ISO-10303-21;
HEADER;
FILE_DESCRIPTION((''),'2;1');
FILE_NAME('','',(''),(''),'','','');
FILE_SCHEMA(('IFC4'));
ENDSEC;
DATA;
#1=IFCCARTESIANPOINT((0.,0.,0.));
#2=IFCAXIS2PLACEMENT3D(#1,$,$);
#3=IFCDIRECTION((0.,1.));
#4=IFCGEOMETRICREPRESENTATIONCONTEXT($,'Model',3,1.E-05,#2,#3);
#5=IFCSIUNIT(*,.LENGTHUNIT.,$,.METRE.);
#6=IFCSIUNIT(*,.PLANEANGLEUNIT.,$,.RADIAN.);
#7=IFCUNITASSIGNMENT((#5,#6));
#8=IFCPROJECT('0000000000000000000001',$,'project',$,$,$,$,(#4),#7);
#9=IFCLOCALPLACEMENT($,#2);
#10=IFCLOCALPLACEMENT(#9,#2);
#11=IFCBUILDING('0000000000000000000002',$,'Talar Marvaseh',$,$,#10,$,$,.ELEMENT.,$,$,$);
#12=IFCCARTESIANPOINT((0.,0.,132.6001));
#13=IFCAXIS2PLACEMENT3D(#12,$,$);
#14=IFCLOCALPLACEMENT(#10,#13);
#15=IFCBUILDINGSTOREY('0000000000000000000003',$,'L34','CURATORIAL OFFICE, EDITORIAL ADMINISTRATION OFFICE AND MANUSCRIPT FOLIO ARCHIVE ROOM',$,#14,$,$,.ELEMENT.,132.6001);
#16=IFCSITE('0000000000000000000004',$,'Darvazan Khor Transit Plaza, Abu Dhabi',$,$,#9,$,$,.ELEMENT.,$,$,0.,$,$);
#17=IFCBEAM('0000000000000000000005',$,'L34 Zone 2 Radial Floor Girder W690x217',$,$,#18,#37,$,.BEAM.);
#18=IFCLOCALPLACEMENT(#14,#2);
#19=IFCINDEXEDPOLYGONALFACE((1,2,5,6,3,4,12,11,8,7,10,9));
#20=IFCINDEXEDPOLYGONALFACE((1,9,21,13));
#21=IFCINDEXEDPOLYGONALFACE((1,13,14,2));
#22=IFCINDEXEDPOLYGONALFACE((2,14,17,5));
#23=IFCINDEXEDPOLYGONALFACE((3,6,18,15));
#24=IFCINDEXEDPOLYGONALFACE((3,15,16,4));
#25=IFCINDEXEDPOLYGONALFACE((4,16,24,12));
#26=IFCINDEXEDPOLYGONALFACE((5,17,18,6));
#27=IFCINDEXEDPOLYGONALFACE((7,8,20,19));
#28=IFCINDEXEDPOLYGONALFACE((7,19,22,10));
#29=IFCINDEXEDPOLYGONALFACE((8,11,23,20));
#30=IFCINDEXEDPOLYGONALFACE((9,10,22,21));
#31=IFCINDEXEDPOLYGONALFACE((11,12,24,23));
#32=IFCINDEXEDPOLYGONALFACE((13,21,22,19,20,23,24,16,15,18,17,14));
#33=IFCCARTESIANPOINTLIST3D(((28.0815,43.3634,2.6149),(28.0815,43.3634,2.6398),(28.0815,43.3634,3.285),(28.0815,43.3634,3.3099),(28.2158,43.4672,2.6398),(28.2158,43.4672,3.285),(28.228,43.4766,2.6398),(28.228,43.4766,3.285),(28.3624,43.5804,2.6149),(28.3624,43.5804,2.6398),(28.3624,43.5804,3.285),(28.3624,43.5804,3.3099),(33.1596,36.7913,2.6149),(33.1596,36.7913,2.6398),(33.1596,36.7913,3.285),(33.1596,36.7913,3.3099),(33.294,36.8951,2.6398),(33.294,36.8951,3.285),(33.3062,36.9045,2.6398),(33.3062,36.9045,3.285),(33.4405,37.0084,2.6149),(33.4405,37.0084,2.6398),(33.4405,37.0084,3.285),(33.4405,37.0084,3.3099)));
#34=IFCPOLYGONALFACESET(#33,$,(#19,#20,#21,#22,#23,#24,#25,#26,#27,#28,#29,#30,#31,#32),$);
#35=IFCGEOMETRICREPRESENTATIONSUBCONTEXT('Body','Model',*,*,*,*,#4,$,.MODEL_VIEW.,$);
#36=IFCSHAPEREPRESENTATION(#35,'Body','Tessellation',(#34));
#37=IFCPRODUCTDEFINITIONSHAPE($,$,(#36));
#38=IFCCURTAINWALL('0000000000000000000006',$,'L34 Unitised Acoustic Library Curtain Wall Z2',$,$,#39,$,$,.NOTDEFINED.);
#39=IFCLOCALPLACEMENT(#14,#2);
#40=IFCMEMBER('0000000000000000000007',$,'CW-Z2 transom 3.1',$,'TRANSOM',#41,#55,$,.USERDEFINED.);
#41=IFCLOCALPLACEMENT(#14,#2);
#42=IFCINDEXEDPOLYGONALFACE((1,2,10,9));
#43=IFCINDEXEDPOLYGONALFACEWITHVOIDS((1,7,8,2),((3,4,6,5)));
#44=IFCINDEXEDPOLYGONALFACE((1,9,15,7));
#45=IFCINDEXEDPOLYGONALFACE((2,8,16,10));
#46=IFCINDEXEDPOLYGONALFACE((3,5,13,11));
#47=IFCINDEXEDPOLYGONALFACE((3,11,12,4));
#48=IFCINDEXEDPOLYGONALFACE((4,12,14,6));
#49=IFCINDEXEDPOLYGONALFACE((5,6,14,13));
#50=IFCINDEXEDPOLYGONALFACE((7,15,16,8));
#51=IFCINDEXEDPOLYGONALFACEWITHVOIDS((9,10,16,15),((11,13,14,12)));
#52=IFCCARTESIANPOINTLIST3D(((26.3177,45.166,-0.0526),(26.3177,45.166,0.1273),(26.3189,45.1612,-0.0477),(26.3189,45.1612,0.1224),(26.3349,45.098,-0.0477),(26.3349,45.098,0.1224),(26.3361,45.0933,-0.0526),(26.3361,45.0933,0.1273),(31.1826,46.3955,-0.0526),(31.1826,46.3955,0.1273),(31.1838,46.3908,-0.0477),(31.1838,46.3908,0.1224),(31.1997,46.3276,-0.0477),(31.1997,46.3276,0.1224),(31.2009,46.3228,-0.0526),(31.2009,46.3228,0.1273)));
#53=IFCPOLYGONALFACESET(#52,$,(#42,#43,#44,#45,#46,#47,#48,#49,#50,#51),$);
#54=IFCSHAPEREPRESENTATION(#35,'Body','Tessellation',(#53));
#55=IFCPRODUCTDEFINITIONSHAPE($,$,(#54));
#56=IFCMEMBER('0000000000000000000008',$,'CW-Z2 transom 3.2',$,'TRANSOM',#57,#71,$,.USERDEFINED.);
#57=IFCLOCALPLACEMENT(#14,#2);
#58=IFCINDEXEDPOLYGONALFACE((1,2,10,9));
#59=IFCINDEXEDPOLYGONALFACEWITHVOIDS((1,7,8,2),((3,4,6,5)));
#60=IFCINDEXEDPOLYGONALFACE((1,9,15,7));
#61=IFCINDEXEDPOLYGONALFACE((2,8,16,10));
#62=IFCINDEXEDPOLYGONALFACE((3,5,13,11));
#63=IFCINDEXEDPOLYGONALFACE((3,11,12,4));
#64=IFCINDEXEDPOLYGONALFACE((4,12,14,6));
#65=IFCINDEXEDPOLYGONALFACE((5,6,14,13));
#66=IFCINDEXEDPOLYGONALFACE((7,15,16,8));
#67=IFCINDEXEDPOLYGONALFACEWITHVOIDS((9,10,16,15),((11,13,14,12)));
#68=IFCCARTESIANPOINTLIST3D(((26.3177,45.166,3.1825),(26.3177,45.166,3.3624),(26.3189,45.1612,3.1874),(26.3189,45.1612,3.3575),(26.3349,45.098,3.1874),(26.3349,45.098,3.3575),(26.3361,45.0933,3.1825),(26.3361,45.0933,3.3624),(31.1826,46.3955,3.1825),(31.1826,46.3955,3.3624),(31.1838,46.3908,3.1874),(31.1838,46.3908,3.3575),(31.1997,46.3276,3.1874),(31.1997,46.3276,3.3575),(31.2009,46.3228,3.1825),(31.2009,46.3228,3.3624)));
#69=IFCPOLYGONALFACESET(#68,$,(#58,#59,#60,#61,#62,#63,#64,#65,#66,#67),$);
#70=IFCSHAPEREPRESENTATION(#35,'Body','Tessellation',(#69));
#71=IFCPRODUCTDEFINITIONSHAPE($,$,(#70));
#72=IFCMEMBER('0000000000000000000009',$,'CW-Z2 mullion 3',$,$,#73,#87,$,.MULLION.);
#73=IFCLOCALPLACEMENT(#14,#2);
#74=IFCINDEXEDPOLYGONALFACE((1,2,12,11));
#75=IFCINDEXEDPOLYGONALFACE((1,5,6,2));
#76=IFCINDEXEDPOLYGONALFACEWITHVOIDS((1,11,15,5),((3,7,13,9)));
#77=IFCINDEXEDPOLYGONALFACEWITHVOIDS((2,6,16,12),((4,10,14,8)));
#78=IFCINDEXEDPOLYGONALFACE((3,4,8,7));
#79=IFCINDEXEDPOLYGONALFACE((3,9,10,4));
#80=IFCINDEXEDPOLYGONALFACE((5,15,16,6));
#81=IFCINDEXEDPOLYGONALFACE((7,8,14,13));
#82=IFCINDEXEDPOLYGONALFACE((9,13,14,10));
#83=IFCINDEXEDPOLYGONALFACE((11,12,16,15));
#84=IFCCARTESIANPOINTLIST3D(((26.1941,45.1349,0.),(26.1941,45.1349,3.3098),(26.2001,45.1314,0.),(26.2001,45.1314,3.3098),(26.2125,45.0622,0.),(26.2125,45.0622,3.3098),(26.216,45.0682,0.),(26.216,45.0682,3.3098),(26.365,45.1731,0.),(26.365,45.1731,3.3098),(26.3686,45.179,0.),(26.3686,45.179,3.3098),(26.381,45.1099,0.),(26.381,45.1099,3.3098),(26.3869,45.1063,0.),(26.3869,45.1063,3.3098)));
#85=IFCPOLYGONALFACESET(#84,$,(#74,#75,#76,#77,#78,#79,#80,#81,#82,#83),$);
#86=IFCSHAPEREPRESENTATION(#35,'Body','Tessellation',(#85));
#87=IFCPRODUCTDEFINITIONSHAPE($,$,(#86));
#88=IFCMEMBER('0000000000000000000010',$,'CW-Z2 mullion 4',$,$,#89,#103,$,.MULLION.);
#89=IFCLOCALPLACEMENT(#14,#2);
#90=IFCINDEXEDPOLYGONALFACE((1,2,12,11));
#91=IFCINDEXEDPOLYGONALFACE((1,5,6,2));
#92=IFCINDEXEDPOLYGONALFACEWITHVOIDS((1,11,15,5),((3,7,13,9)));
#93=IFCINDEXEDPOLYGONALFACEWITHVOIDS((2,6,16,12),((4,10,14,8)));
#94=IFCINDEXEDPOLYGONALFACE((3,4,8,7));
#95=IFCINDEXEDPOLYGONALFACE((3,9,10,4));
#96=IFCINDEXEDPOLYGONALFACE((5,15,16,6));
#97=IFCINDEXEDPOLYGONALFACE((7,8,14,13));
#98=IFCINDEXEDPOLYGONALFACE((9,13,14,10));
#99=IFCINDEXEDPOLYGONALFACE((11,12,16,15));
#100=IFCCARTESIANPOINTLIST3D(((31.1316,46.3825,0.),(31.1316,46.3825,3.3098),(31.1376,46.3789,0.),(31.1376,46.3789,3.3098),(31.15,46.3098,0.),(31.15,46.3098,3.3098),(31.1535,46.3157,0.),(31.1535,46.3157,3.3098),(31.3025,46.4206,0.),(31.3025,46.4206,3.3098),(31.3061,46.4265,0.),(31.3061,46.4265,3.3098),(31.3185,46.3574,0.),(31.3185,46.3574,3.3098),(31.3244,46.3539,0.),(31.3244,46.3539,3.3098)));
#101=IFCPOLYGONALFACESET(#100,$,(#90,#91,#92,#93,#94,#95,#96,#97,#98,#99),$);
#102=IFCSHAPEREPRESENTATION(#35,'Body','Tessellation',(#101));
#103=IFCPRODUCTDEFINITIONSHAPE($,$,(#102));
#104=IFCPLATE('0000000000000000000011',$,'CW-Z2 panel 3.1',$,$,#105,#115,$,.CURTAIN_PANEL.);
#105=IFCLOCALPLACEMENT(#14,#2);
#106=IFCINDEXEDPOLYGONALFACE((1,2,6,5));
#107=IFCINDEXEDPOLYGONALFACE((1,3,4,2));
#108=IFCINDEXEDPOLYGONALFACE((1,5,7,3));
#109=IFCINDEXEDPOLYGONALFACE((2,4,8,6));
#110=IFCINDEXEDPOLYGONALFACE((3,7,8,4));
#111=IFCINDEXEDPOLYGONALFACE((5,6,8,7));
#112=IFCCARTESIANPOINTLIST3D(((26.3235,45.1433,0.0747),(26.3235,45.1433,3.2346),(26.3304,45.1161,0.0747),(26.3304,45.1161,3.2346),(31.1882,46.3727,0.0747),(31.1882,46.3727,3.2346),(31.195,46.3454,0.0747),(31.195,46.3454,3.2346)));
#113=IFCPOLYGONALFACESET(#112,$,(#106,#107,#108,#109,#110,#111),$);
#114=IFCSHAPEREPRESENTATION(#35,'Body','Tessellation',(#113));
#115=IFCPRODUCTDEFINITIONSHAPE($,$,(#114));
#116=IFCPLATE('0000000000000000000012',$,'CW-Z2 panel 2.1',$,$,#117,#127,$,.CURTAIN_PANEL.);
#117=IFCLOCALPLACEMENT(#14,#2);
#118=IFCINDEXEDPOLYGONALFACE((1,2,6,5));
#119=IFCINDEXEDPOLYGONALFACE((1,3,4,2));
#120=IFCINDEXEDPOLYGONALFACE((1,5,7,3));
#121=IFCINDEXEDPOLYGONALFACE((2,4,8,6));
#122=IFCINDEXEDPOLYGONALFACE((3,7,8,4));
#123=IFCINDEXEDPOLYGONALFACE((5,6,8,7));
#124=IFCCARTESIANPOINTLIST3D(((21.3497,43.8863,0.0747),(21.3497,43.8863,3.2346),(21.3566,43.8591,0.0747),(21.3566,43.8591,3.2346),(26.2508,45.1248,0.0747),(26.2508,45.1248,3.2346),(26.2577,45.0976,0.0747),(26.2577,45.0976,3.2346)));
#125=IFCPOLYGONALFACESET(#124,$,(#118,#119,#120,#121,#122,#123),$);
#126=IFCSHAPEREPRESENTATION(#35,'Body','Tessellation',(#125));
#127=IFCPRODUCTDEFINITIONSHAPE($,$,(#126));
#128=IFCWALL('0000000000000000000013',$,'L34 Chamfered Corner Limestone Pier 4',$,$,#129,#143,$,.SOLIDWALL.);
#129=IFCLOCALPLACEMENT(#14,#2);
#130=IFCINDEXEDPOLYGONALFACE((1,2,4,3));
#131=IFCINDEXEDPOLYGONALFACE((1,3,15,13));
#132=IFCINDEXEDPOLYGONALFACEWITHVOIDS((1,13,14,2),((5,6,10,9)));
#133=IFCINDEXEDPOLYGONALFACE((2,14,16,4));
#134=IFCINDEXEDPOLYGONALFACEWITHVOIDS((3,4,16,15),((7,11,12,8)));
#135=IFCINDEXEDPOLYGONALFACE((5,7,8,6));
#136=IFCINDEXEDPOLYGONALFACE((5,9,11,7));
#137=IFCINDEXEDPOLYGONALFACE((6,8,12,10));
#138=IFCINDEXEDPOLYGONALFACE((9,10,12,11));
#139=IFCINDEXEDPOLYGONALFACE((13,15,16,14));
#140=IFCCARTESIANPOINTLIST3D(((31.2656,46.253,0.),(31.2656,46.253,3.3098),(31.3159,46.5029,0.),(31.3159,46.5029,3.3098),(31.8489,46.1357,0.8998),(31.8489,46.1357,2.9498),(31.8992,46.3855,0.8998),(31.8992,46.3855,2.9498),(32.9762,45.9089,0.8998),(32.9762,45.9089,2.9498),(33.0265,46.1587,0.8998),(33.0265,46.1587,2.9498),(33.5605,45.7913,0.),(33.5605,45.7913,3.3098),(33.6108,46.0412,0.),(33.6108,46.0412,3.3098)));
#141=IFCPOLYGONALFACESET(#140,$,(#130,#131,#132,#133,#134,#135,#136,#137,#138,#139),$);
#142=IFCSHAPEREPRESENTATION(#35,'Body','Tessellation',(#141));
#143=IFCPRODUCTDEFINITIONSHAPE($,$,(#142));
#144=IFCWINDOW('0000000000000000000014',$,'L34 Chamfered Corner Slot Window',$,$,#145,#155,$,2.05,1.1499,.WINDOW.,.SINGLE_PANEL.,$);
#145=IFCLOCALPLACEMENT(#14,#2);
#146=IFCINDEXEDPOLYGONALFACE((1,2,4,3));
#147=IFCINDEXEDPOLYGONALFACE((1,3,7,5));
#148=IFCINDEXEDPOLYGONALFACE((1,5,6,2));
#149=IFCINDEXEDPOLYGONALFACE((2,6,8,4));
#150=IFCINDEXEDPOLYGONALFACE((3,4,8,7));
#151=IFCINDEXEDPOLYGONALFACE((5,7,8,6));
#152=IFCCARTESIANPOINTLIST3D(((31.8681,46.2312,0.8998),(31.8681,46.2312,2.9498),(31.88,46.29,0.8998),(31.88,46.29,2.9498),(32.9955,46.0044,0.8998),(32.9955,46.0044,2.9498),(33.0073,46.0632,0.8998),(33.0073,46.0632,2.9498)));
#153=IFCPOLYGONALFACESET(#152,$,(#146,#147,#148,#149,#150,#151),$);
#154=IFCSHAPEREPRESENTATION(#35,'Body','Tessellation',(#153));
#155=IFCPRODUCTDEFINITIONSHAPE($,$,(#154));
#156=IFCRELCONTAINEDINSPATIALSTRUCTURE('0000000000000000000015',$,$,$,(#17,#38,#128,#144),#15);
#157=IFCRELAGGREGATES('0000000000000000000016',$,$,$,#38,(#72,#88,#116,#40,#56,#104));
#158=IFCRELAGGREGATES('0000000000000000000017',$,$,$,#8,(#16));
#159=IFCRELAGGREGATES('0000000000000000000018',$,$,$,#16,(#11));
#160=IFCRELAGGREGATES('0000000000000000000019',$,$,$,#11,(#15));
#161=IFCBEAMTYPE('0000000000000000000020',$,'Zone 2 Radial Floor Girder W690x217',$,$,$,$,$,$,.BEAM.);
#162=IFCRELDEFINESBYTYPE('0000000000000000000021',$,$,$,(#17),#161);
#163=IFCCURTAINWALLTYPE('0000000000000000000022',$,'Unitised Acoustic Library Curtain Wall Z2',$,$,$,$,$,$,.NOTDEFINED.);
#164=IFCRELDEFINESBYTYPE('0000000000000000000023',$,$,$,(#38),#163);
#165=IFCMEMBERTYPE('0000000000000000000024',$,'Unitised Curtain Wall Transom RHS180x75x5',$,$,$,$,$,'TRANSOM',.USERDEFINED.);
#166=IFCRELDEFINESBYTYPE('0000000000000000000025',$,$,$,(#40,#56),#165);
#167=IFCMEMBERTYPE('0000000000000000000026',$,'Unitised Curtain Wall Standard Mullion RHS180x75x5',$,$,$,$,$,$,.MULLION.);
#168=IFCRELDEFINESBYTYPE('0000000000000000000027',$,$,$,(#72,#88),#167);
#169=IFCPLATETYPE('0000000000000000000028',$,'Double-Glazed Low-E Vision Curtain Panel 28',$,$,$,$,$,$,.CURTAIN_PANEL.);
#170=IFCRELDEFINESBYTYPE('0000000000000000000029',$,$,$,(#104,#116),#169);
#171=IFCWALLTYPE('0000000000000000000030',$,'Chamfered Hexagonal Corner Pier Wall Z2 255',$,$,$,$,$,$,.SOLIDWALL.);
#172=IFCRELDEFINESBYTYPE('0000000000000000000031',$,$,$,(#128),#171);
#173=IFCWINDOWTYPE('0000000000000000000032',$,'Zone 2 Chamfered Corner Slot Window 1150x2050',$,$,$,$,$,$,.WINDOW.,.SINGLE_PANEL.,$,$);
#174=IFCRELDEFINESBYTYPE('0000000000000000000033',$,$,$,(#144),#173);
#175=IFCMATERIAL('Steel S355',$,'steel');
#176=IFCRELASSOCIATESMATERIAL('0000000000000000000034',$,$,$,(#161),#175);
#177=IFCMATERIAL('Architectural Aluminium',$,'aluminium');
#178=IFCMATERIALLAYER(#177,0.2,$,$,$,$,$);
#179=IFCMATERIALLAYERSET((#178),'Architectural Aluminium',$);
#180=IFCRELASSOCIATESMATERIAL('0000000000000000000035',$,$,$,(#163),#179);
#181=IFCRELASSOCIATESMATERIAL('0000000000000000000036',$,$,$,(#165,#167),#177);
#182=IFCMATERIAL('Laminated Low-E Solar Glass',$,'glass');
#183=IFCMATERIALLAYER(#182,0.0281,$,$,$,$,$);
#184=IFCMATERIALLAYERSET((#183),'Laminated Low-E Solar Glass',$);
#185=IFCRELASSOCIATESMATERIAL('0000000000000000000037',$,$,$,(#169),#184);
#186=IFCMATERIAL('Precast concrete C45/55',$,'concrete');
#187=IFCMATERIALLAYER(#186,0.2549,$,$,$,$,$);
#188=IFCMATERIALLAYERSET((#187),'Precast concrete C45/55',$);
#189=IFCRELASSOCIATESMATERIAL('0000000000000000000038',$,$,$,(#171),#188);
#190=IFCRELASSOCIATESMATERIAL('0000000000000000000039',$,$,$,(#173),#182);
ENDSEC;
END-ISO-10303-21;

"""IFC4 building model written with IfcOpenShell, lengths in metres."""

from ifc_helpers import new_model, si_unit, direction, frame, frame_2d, origin, origin_2d, place, context, subcontext, project, spatial, rectangle, hollow_rectangle, i_section, extrude, source, transform, mapped, material, layer, layer_set, material_profile, profile_set, type_object, type_shapes, element, fill, aggregate, save


model = new_model("IFC4")

# Units and contexts
model_context = context("Model", 3, precision=1e-05, world=origin(), true_north=direction((0.0, 1.0)))
body_context = subcontext(model_context, "Body", "Model", "MODEL_VIEW")
ifc_project = project(units=[si_unit("LENGTHUNIT", "METRE"), si_unit("PLANEANGLEUNIT", "RADIAN")], contexts=[model_context])

# Site, building, storey
site_placement = place(None, origin())
site = spatial("IfcSite", under=ifc_project, at=site_placement, Name="Darvazan Khor Transit Plaza, Abu Dhabi", CompositionType="ELEMENT", RefElevation=0.0)
building_placement = place(site_placement, origin())
building = spatial("IfcBuilding", under=site, at=building_placement, Name="Talar Marvaseh", CompositionType="ELEMENT")
storey_placement = place(building_placement, frame((0.0, 0.0, 132.6001)))
storey = spatial("IfcBuildingStorey", under=building, at=storey_placement, Name="L34", Description="CURATORIAL OFFICE, EDITORIAL ADMINISTRATION OFFICE AND MANUSCRIPT FOLIO ARCHIVE ROOM", CompositionType="ELEMENT", Elevation=132.6001)

# Beam
ifc_material_1 = material(Name="Steel S355", Category="steel")
ifc_material_profile_1 = material_profile(ifc_material_1, i_section(OverallWidth=0.355, OverallDepth=0.6951, WebThickness=0.0154, FlangeThickness=0.0249, at=origin_2d()), Name="W690x217")
ifc_profile_set_1 = profile_set([ifc_material_profile_1], Name="Steel S355")
beam_type = type_object("IfcBeamType", Name="Zone 2 Radial Floor Girder W690x217", PredefinedType="BEAM", material=ifc_profile_set_1)
beam_placement = place(storey_placement, frame((28.2219, 43.4719, 2.9624), z_axis=(0.611428, -0.7913, 0.0), x_axis=(0.7913, 0.611428, 0.0)))
element("IfcBeam", 1, at=beam_placement, inside=storey, type_object=beam_type, Name="L34 Zone 2 Radial Floor Girder W690x217", PredefinedType="BEAM", context=body_context, shape_type="SweptSolid", body=[
    extrude(i_section(OverallWidth=0.355, OverallDepth=0.6951, WebThickness=0.0154, FlangeThickness=0.0249, at=origin_2d()), origin(), (0.0, 0.0, 1.0), 8.3054),
])

# Curtain wall, members, plates
ifc_material_2 = material(Name="Architectural Aluminium", Category="aluminium")
ifc_layer_1 = layer(ifc_material_2, 0.2)
ifc_layer_set_1 = layer_set([ifc_layer_1], Name="Architectural Aluminium")
curtain_wall_type = type_object("IfcCurtainWallType", Name="Unitised Acoustic Library Curtain Wall Z2", PredefinedType="NOTDEFINED", material=ifc_layer_set_1)
curtain_wall_placement = place(storey_placement, origin())
curtain_wall = element("IfcCurtainWall", 2, at=curtain_wall_placement, inside=storey, type_object=curtain_wall_type, Name="L34 Unitised Acoustic Library Curtain Wall Z2", PredefinedType="NOTDEFINED")
ifc_material_profile_2 = material_profile(ifc_material_2, hollow_rectangle(XDim=0.075, YDim=0.1799, WallThickness=0.0049, at=origin_2d()), Name="RHS180x75x5")
ifc_profile_set_2 = profile_set([ifc_material_profile_2], Name="Architectural Aluminium")
member_type_1 = type_object("IfcMemberType", Name="Unitised Curtain Wall Transom RHS180x75x5", ElementType="TRANSOM", PredefinedType="USERDEFINED", material=ifc_profile_set_2)
shared_shape_1 = source(origin(), body_context, "Body", "SweptSolid", [
    extrude(hollow_rectangle(XDim=0.075, YDim=0.1799, WallThickness=0.0049, at=origin_2d()), origin(), (0.0, 0.0, 1.0), 5.0178),
])
type_shapes(member_type_1, [shared_shape_1])
member_1_placement = place(storey_placement, frame((26.3269, 45.1296, 0.0374), z_axis=(0.969515, 0.245031, 0.0), x_axis=(-0.245031, 0.969515, 0.0)))
member_1 = element("IfcMember", 3, at=member_1_placement, type_object=member_type_1, Name="CW-Z2 transom 3.1", ObjectType="TRANSOM", PredefinedType="USERDEFINED", context=body_context, shape_type="MappedRepresentation", body=[
    mapped(shared_shape_1, transform((0.0, 0.0, 0.0), x_axis=(1.0, 0.0, 0.0), y_axis=(0.0, 1.0, 0.0), z_axis=(0.0, 0.0, 1.0), scale=1.0)),
])
member_2_placement = place(storey_placement, frame((26.3269, 45.1296, 3.2725), z_axis=(0.969515, 0.245031, 0.0), x_axis=(-0.245031, 0.969515, 0.0)))
member_2 = element("IfcMember", 4, at=member_2_placement, type_object=member_type_1, Name="CW-Z2 transom 3.2", ObjectType="TRANSOM", PredefinedType="USERDEFINED", context=body_context, shape_type="MappedRepresentation", body=[
    mapped(shared_shape_1, transform((0.0, 0.0, 0.0), x_axis=(1.0, 0.0, 0.0), y_axis=(0.0, 1.0, 0.0), z_axis=(0.0, 0.0, 1.0), scale=1.0)),
])
ifc_material_profile_3 = material_profile(ifc_material_2, hollow_rectangle(XDim=0.075, YDim=0.1799, WallThickness=0.0049, at=origin_2d()), Name="RHS180x75x5")
ifc_profile_set_3 = profile_set([ifc_material_profile_3], Name="Architectural Aluminium")
member_type_2 = type_object("IfcMemberType", Name="Unitised Curtain Wall Standard Mullion RHS180x75x5", PredefinedType="MULLION", material=ifc_profile_set_3)
shared_shape_2 = source(origin(), body_context, "Body", "SweptSolid", [
    extrude(hollow_rectangle(XDim=0.075, YDim=0.1799, WallThickness=0.0049, at=origin_2d()), origin(), (0.0, 0.0, 1.0), 3.3098),
])
type_shapes(member_type_2, [shared_shape_2])
member_3_placement = place(storey_placement, frame((26.2905, 45.1206, 0.0), z_axis=(0.0, 0.0, 1.0), x_axis=(-0.245007, 0.969521, 0.0)))
member_3 = element("IfcMember", 5, at=member_3_placement, type_object=member_type_2, Name="CW-Z2 mullion 3", PredefinedType="MULLION", context=body_context, shape_type="MappedRepresentation", body=[
    mapped(shared_shape_2, transform((0.0, 0.0, 0.0), x_axis=(1.0, 0.0, 0.0), y_axis=(0.0, 1.0, 0.0), z_axis=(0.0, 0.0, 1.0), scale=1.0)),
])
member_4_placement = place(storey_placement, frame((31.228, 46.3682, 0.0), z_axis=(0.0, 0.0, 1.0), x_axis=(-0.245007, 0.969521, 0.0)))
member_4 = element("IfcMember", 6, at=member_4_placement, type_object=member_type_2, Name="CW-Z2 mullion 4", PredefinedType="MULLION", context=body_context, shape_type="MappedRepresentation", body=[
    mapped(shared_shape_2, transform((0.0, 0.0, 0.0), x_axis=(1.0, 0.0, 0.0), y_axis=(0.0, 1.0, 0.0), z_axis=(0.0, 0.0, 1.0), scale=1.0)),
])
ifc_material_3 = material(Name="Laminated Low-E Solar Glass", Category="glass")
ifc_layer_2 = layer(ifc_material_3, 0.0281)
ifc_layer_set_2 = layer_set([ifc_layer_2], Name="Laminated Low-E Solar Glass")
plate_type = type_object("IfcPlateType", Name="Double-Glazed Low-E Vision Curtain Panel 28", PredefinedType="CURTAIN_PANEL", material=ifc_layer_set_2)
shared_shape_3 = source(origin(), body_context, "Body", "SweptSolid", [
    extrude(rectangle(XDim=5.0176, YDim=0.0281, at=origin_2d()), origin(), (0.0, 0.0, 1.0), 3.1599),
])
plate_1_placement = place(storey_placement, frame((28.7593, 45.7444, 0.0747), z_axis=(0.0, 0.0, 1.0), x_axis=(0.969521, 0.245007, 0.0)))
plate_1 = element("IfcPlate", 7, at=plate_1_placement, type_object=plate_type, Name="CW-Z2 panel 3.1", PredefinedType="CURTAIN_PANEL", context=body_context, shape_type="MappedRepresentation", body=[
    mapped(shared_shape_3, transform((0.0, 0.0, 0.0), x_axis=(1.0, 0.0, 0.0), y_axis=(0.0, 1.0, 0.0), z_axis=(0.0, 0.0, 1.0), scale=1.0)),
])
shared_shape_4 = source(origin(), body_context, "Body", "SweptSolid", [
    extrude(rectangle(XDim=5.0552, YDim=0.0281, at=origin_2d()), origin(), (0.0, 0.0, 1.0), 3.1599),
])
type_shapes(plate_type, [shared_shape_3, shared_shape_4])
plate_2_placement = place(storey_placement, frame((23.8037, 44.4919, 0.0747), z_axis=(0.0, 0.0, 1.0), x_axis=(0.969521, 0.245007, 0.0)))
plate_2 = element("IfcPlate", 8, at=plate_2_placement, type_object=plate_type, Name="CW-Z2 panel 2.1", PredefinedType="CURTAIN_PANEL", context=body_context, shape_type="MappedRepresentation", body=[
    mapped(shared_shape_4, transform((0.0, 0.0, 0.0), x_axis=(1.0, 0.0, 0.0), y_axis=(0.0, 1.0, 0.0), z_axis=(0.0, 0.0, 1.0), scale=1.0)),
])
aggregate(curtain_wall, [member_3, member_4, plate_2, member_1, member_2, plate_1])

# Wall, opening, window
ifc_material_4 = material(Name="Precast concrete C45/55", Category="concrete")
ifc_layer_3 = layer(ifc_material_4, 0.2549)
ifc_layer_set_3 = layer_set([ifc_layer_3], Name="Precast concrete C45/55")
wall_type = type_object("IfcWallType", Name="Chamfered Hexagonal Corner Pier Wall Z2 255", PredefinedType="SOLIDWALL", material=ifc_layer_set_3)
wall_placement = place(storey_placement, frame((31.2908, 46.3779, 0.0), z_axis=(0.0, 0.0, 1.0), x_axis=(0.980359, -0.197219, 0.0)))
wall = element("IfcWall", 9, at=wall_placement, inside=storey, type_object=wall_type, Name="L34 Chamfered Corner Limestone Pier 4", PredefinedType="SOLIDWALL", context=body_context, shape_type="SweptSolid", body=[
    extrude(rectangle(XDim=2.3408, YDim=0.2549, at=frame_2d((1.1704, 0.0))), origin(), (0.0, 0.0, 1.0), 3.3098),
])
opening_placement = place(wall_placement, frame((0.595, 0.0, 0.8999)))
opening = element("IfcOpeningElement", 10, at=opening_placement, cuts=wall, PredefinedType="OPENING", context=body_context, shape_type="SweptSolid", body=[
    extrude(rectangle(XDim=1.1499, YDim=2.05, at=frame_2d((0.575, 1.0249))), frame((0.0, 0.1375, 0.0), z_axis=(0.0, -1.0, 0.0), x_axis=(1.0, 0.0, 0.0)), (0.0, 0.0, 1.0), 0.2749),
])
window_type = type_object("IfcWindowType", Name="Zone 2 Chamfered Corner Slot Window 1150x2050", PartitioningType="SINGLE_PANEL", PredefinedType="WINDOW", material=ifc_material_3)
shared_shape_5 = source(origin(), body_context, "Body", "SweptSolid", [
    extrude(rectangle(XDim=1.1499, YDim=2.05, at=frame_2d((0.575, 1.0249))), frame((0.0, 0.03, 0.0), z_axis=(0.0, -1.0, 0.0), x_axis=(1.0, 0.0, 0.0)), (0.0, 0.0, 1.0), 0.0601),
])
type_shapes(window_type, [shared_shape_5])
window_placement = place(opening_placement, origin())
window = element("IfcWindow", 11, at=window_placement, inside=storey, type_object=window_type, Name="L34 Chamfered Corner Slot Window", OverallHeight=2.05, OverallWidth=1.1499, PartitioningType="SINGLE_PANEL", PredefinedType="WINDOW", context=body_context, shape_type="MappedRepresentation", body=[
    mapped(shared_shape_5, transform((0.0, 0.0, 0.0), x_axis=(1.0, 0.0, 0.0), y_axis=(0.0, 1.0, 0.0), z_axis=(0.0, 0.0, 1.0), scale=1.0)),
])
fill(opening, window)

save(model, "model.ifc")
